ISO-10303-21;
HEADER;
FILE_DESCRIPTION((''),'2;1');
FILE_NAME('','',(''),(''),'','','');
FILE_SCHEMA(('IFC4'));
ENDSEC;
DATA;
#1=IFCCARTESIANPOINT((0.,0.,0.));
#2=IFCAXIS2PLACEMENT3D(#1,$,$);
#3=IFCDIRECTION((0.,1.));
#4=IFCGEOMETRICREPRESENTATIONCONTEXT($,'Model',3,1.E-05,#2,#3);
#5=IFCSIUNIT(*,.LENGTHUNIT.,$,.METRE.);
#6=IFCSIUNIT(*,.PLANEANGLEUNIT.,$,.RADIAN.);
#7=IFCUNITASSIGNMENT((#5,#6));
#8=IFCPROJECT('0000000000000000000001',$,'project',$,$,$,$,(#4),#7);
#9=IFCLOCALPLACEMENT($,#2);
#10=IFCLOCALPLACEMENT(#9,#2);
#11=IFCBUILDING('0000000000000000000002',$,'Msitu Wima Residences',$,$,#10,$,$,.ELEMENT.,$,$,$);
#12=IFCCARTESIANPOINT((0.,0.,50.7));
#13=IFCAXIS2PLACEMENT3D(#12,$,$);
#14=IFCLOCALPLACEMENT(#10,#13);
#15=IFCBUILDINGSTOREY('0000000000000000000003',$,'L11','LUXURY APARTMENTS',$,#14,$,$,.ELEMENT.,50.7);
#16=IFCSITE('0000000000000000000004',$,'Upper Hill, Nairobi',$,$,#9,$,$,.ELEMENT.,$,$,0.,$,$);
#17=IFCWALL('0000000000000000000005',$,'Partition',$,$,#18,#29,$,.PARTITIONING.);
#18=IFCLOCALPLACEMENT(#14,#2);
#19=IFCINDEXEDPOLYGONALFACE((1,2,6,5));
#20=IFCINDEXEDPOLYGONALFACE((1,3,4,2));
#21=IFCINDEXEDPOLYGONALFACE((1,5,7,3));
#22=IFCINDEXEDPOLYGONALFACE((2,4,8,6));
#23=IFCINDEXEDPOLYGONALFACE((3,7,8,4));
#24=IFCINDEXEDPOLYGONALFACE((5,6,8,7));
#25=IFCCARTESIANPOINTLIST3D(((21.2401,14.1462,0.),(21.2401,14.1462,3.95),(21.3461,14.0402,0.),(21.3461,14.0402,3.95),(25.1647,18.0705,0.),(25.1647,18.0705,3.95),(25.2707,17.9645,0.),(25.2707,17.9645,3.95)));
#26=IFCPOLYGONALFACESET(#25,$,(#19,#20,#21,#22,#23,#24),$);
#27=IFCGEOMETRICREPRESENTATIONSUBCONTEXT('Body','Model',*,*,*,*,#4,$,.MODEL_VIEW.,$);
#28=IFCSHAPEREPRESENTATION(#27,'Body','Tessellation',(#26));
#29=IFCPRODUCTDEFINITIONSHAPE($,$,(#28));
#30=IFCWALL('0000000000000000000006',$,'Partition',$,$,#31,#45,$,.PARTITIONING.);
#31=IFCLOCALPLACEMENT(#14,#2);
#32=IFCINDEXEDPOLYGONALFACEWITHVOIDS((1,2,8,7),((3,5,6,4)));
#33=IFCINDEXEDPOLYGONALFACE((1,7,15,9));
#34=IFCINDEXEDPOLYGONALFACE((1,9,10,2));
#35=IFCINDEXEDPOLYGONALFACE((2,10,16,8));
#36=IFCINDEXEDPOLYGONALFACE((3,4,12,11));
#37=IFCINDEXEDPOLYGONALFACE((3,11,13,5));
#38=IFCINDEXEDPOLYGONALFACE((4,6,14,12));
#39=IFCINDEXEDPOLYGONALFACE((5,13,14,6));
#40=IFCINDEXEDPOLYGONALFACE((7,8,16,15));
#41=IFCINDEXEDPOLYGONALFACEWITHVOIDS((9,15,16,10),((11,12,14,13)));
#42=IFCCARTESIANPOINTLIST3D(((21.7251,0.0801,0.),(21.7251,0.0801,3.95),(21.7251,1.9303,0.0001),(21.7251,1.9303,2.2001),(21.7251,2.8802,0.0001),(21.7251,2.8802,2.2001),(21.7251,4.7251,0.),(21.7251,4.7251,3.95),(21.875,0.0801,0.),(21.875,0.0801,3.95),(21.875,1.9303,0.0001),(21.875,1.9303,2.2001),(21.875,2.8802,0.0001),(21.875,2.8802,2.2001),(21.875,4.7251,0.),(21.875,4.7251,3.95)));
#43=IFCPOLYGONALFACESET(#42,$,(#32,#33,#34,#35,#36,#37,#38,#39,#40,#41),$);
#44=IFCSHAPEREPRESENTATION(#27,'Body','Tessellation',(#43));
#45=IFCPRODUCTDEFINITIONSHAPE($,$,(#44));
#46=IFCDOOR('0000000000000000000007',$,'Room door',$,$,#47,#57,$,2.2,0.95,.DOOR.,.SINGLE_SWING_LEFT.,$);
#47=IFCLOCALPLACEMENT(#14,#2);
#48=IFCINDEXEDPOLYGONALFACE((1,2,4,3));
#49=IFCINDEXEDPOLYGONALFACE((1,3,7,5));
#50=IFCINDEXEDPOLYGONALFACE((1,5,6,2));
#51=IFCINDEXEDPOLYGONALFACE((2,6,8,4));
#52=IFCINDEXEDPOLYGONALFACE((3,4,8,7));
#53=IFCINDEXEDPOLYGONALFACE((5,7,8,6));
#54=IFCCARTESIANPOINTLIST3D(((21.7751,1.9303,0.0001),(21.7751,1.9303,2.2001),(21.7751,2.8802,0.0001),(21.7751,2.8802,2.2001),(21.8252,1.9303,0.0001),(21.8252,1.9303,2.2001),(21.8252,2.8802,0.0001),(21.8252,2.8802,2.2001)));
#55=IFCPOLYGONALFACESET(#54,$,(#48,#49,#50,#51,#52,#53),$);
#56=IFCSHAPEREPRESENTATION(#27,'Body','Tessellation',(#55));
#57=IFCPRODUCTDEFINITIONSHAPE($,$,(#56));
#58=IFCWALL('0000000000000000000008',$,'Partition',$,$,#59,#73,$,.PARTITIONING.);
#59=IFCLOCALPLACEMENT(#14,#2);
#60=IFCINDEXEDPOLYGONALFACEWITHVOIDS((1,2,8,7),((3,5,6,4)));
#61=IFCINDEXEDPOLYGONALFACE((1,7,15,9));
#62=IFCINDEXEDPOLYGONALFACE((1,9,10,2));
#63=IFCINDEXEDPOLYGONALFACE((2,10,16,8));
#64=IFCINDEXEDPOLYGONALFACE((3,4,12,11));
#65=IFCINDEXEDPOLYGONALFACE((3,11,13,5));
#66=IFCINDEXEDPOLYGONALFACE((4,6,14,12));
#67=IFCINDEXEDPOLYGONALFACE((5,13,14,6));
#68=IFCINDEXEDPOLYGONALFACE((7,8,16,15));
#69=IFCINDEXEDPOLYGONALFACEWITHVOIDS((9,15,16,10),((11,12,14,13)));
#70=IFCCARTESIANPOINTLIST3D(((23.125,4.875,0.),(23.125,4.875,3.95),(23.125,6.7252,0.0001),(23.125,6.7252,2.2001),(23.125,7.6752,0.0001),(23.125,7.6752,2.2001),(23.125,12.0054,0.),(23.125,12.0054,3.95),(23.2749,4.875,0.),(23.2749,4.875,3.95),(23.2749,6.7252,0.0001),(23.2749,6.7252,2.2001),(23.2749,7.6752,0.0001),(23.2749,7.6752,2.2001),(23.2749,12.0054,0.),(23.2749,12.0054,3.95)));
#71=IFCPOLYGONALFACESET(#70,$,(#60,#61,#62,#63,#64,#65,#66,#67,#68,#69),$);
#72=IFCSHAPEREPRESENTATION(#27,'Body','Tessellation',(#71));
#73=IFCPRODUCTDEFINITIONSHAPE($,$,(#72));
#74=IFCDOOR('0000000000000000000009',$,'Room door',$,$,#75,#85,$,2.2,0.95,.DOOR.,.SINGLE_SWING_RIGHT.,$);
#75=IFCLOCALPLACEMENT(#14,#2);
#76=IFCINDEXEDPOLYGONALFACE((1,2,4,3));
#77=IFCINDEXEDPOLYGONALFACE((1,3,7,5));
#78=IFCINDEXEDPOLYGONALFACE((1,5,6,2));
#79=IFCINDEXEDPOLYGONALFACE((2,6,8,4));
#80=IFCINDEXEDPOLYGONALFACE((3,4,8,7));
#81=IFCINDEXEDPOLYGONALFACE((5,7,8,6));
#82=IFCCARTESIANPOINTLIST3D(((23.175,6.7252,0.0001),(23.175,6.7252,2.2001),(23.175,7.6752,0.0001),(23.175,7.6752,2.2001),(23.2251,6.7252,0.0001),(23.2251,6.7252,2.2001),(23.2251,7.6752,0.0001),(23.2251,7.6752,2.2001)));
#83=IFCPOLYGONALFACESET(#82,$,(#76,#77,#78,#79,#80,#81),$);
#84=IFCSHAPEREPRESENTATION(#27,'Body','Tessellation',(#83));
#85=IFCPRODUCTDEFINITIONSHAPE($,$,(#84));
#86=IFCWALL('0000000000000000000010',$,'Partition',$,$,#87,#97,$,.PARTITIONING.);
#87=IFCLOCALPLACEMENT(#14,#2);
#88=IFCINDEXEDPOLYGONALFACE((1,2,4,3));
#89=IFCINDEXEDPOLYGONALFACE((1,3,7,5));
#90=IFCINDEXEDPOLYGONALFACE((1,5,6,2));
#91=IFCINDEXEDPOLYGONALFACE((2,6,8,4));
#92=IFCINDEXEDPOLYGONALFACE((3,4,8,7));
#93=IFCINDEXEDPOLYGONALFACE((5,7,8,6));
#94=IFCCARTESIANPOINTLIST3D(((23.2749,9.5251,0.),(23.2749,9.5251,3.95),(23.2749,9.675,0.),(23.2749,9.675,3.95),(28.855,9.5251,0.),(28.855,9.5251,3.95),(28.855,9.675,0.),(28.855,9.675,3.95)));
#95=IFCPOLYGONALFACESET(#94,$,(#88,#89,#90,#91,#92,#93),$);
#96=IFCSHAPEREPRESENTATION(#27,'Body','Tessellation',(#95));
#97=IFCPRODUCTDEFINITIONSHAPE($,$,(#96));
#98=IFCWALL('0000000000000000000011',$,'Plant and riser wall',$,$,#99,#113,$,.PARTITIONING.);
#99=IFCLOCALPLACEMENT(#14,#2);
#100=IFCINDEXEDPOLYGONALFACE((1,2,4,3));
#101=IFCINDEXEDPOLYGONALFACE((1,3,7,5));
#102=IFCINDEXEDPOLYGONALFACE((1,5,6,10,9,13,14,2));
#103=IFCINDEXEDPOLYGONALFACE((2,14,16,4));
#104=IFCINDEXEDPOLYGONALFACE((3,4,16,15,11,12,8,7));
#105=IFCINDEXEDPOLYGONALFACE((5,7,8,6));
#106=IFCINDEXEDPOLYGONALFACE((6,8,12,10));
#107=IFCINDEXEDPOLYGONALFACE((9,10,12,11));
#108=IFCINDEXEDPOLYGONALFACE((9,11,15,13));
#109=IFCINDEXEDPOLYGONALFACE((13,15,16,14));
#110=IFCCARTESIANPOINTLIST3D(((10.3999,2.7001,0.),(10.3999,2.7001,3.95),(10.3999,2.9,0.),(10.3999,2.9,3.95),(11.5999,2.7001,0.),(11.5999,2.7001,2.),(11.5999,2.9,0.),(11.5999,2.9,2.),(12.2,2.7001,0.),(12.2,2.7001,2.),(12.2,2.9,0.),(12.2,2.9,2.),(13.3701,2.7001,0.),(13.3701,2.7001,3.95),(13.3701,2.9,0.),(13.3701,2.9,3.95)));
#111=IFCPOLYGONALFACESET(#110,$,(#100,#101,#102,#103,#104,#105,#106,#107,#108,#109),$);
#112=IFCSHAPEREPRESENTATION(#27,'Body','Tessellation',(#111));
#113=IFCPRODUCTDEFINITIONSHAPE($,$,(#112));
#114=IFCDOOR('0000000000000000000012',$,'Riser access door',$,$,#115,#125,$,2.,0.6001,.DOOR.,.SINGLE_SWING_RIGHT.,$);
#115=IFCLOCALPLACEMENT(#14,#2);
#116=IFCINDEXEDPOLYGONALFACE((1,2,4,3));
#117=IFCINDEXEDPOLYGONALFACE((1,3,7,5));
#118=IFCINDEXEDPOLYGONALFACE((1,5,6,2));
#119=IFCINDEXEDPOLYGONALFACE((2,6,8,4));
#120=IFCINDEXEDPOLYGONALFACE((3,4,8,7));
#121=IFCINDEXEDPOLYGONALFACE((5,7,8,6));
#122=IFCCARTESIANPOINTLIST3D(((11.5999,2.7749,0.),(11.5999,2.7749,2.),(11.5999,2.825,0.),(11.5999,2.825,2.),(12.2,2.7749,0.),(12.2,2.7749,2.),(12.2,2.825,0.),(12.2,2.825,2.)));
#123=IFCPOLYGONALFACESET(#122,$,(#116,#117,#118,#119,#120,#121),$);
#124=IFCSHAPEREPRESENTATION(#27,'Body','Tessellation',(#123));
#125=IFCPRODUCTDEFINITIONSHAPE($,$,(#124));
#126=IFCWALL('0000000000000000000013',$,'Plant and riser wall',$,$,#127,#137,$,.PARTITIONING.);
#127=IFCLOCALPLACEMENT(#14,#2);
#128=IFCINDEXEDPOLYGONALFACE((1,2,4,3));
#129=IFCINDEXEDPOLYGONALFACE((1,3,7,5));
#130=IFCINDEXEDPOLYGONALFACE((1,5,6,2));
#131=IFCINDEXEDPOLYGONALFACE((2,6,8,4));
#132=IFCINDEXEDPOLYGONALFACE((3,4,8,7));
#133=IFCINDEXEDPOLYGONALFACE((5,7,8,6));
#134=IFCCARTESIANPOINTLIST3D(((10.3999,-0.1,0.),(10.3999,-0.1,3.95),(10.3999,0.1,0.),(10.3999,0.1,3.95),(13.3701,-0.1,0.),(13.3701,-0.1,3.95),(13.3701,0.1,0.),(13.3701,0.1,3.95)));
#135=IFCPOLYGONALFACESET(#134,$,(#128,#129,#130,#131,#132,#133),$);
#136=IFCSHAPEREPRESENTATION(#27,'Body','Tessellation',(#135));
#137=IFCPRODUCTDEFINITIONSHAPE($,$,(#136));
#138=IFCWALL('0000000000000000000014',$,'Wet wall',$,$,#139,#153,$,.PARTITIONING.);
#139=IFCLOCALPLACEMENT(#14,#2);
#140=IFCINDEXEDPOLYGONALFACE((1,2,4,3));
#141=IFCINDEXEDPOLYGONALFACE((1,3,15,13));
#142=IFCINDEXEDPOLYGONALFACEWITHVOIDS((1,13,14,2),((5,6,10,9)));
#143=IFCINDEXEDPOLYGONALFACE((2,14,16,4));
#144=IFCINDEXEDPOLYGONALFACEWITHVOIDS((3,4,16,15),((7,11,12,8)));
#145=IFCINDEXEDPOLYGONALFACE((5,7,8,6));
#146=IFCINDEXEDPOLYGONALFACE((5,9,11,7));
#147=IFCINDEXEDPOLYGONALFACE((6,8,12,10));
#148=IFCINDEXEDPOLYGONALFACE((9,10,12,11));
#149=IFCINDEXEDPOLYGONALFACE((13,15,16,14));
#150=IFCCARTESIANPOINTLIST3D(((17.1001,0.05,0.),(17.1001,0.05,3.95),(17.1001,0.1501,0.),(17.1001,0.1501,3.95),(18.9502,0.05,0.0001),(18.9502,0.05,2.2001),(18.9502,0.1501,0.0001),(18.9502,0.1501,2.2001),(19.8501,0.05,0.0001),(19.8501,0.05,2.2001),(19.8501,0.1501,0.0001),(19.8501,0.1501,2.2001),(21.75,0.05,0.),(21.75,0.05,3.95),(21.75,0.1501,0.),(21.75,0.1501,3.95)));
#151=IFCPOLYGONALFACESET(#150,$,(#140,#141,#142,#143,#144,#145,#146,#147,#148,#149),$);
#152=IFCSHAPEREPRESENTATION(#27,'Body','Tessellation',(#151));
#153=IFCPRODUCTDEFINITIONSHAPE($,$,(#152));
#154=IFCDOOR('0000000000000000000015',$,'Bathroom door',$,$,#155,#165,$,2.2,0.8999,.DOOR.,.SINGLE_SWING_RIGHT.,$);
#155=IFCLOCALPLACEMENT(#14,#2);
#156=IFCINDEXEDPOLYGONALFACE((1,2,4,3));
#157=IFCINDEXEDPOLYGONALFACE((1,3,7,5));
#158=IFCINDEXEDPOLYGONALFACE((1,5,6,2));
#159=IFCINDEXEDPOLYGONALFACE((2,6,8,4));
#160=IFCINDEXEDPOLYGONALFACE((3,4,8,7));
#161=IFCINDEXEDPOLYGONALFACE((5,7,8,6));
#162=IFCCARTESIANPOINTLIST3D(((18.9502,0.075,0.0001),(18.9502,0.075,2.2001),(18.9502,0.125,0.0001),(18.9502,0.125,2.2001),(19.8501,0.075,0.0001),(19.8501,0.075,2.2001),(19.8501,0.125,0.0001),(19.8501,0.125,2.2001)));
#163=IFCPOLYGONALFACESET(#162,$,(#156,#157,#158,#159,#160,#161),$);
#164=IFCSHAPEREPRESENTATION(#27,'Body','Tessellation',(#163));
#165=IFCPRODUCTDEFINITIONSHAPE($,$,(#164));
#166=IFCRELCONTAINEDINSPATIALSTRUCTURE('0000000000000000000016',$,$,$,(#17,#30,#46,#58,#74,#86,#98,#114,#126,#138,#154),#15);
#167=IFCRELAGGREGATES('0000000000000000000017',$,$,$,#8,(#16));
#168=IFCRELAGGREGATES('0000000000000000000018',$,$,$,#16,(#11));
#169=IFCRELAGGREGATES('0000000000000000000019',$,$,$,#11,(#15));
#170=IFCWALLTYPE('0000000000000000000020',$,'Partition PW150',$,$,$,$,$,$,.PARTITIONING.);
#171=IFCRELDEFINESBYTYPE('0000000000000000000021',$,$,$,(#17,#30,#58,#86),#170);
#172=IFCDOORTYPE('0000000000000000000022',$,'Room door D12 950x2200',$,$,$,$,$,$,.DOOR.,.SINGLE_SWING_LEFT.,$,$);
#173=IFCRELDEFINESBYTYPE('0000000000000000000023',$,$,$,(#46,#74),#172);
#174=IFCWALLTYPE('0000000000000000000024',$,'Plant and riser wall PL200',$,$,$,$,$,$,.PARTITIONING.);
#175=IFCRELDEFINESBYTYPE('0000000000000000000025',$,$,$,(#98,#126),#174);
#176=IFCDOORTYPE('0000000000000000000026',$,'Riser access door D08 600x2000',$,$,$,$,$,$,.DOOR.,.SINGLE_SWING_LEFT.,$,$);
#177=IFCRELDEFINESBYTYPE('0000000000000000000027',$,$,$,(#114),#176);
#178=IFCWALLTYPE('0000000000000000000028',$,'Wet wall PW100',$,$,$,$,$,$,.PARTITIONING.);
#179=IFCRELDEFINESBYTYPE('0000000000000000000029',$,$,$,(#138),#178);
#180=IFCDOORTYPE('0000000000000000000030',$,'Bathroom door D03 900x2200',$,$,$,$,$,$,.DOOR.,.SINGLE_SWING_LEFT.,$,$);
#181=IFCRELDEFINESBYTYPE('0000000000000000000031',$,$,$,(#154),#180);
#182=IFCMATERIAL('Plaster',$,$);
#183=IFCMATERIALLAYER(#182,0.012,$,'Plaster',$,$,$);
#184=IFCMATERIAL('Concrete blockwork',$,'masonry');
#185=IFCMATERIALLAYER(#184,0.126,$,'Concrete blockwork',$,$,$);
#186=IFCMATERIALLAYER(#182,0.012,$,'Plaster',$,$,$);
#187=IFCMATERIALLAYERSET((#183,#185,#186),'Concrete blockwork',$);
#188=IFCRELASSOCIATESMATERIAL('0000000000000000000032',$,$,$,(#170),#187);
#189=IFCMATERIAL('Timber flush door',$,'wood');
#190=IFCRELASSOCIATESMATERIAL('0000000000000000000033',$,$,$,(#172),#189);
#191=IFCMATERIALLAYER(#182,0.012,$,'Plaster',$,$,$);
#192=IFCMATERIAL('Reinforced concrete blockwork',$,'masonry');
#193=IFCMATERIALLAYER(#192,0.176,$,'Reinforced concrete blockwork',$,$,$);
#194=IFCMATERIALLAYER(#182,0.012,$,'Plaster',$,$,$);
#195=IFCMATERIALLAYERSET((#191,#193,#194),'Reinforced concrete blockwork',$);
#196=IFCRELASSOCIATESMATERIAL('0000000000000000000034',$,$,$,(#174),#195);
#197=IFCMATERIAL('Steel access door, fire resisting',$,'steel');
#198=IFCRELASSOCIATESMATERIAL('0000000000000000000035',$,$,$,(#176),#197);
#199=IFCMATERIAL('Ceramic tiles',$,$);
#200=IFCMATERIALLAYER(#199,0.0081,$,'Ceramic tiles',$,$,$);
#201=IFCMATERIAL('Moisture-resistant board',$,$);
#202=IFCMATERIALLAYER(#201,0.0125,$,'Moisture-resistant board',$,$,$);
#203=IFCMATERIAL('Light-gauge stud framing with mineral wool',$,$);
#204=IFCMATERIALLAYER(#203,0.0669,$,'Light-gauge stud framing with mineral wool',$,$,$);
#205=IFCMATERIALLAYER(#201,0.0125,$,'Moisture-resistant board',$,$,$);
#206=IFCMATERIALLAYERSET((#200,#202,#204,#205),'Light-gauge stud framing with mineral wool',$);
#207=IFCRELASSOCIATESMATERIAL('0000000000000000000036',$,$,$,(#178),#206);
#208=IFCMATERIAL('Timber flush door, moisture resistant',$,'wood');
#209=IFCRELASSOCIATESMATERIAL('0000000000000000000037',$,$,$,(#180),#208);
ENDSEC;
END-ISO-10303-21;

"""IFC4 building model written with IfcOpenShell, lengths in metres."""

from ifc_helpers import new_model, si_unit, direction, frame, frame_2d, origin, place, context, subcontext, project, spatial, rectangle, extrude, material, layer, layer_set, type_object, element, fill, save


model = new_model("IFC4")

# Units and contexts
model_context = context("Model", 3, precision=1e-05, world=origin(), true_north=direction((0.0, 1.0)))
body_context = subcontext(model_context, "Body", "Model", "MODEL_VIEW")
ifc_project = project(units=[si_unit("LENGTHUNIT", "METRE"), si_unit("PLANEANGLEUNIT", "RADIAN")], contexts=[model_context])

# Site, building, storey
site_placement = place(None, origin())
site = spatial("IfcSite", under=ifc_project, at=site_placement, Name="Upper Hill, Nairobi", CompositionType="ELEMENT", RefElevation=0.0)
building_placement = place(site_placement, origin())
building = spatial("IfcBuilding", under=site, at=building_placement, Name="Msitu Wima Residences", CompositionType="ELEMENT")
storey_placement = place(building_placement, frame((0.0, 0.0, 50.7)))
storey = spatial("IfcBuildingStorey", under=building, at=storey_placement, Name="L11", Description="LUXURY APARTMENTS", CompositionType="ELEMENT", Elevation=50.7)

# Shared definitions
ifc_material_1 = material(Name="Plaster")
ifc_layer_1 = layer(ifc_material_1, 0.012, Name="Plaster")
ifc_material_2 = material(Name="Concrete blockwork", Category="masonry")
ifc_layer_2 = layer(ifc_material_2, 0.126, Name="Concrete blockwork")
ifc_layer_3 = layer(ifc_material_1, 0.012, Name="Plaster")
ifc_layer_set_1 = layer_set([ifc_layer_1, ifc_layer_2, ifc_layer_3], Name="Concrete blockwork")
wall_type_1 = type_object("IfcWallType", Name="Partition PW150", PredefinedType="PARTITIONING", material=ifc_layer_set_1)
ifc_material_3 = material(Name="Timber flush door", Category="wood")
door_type_1 = type_object("IfcDoorType", Name="Room door D12 950x2200", OperationType="SINGLE_SWING_LEFT", PredefinedType="DOOR", material=ifc_material_3)

# Wall
wall_1_placement = place(storey_placement, frame((21.2932, 14.0933, 0.0), z_axis=(0.0, 0.0, 1.0), x_axis=(0.707129, 0.707085, 0.0)))
element("IfcWall", 1, at=wall_1_placement, inside=storey, type_object=wall_type_1, Name="Partition", PredefinedType="PARTITIONING", context=body_context, shape_type="SweptSolid", body=[
    extrude(rectangle(XDim=5.55, YDim=0.1499, at=frame_2d((2.7749, 0.0))), origin(), (0.0, 0.0, 1.0), 3.95),
])

# Walls, openings, doors
wall_2_placement = place(storey_placement, frame((21.8, 0.0801, 0.0), z_axis=(0.0, 0.0, 1.0), x_axis=(0.0, 1.0, 0.0)))
wall_2 = element("IfcWall", 2, at=wall_2_placement, inside=storey, type_object=wall_type_1, Name="Partition", PredefinedType="PARTITIONING", context=body_context, shape_type="SweptSolid", body=[
    extrude(rectangle(XDim=4.645, YDim=0.1499, at=frame_2d((2.3225, 0.0))), origin(), (0.0, 0.0, 1.0), 3.95),
])
opening_1_placement = place(wall_2_placement, frame((1.8501, 0.0, 0.0)))
opening_1 = element("IfcOpeningElement", 3, at=opening_1_placement, cuts=wall_2, PredefinedType="OPENING", context=body_context, shape_type="SweptSolid", body=[
    extrude(rectangle(XDim=0.95, YDim=2.2, at=frame_2d((0.4751, 1.1001))), frame((0.0, 0.085, 0.0), z_axis=(0.0, -1.0, 0.0), x_axis=(1.0, 0.0, 0.0)), (0.0, 0.0, 1.0), 0.1699),
])
door_1_placement = place(opening_1_placement, origin())
door_1 = element("IfcDoor", 4, at=door_1_placement, inside=storey, type_object=door_type_1, Name="Room door", OperationType="SINGLE_SWING_LEFT", OverallHeight=2.2, OverallWidth=0.95, PredefinedType="DOOR", context=body_context, shape_type="SweptSolid", body=[
    extrude(rectangle(XDim=0.95, YDim=2.2, at=frame_2d((0.4751, 1.1001))), frame((0.0, 0.0249, 0.0), z_axis=(0.0, -1.0, 0.0), x_axis=(1.0, 0.0, 0.0)), (0.0, 0.0, 1.0), 0.05),
])
fill(opening_1, door_1)
wall_3_placement = place(storey_placement, frame((23.2, 4.875, 0.0), z_axis=(0.0, 0.0, 1.0), x_axis=(0.0, 1.0, 0.0)))
wall_3 = element("IfcWall", 5, at=wall_3_placement, inside=storey, type_object=wall_type_1, Name="Partition", PredefinedType="PARTITIONING", context=body_context, shape_type="SweptSolid", body=[
    extrude(rectangle(XDim=7.1304, YDim=0.1499, at=frame_2d((3.5652, 0.0))), origin(), (0.0, 0.0, 1.0), 3.95),
])
opening_2_placement = place(wall_3_placement, frame((1.8501, 0.0, 0.0)))
opening_2 = element("IfcOpeningElement", 6, at=opening_2_placement, cuts=wall_3, PredefinedType="OPENING", context=body_context, shape_type="SweptSolid", body=[
    extrude(rectangle(XDim=0.95, YDim=2.2, at=frame_2d((0.4751, 1.1001))), frame((0.0, 0.085, 0.0), z_axis=(0.0, -1.0, 0.0), x_axis=(1.0, 0.0, 0.0)), (0.0, 0.0, 1.0), 0.1699),
])
door_2_placement = place(opening_2_placement, origin())
door_2 = element("IfcDoor", 7, at=door_2_placement, inside=storey, type_object=door_type_1, Name="Room door", OperationType="SINGLE_SWING_RIGHT", OverallHeight=2.2, OverallWidth=0.95, PredefinedType="DOOR", context=body_context, shape_type="SweptSolid", body=[
    extrude(rectangle(XDim=0.95, YDim=2.2, at=frame_2d((0.4751, 1.1001))), frame((0.0, 0.0249, 0.0), z_axis=(0.0, -1.0, 0.0), x_axis=(1.0, 0.0, 0.0)), (0.0, 0.0, 1.0), 0.05),
])
fill(opening_2, door_2)

# Wall
wall_4_placement = place(storey_placement, frame((23.2749, 9.6001, 0.0), z_axis=(0.0, 0.0, 1.0), x_axis=(1.0, 0.0, 0.0)))
element("IfcWall", 8, at=wall_4_placement, inside=storey, type_object=wall_type_1, Name="Partition", PredefinedType="PARTITIONING", context=body_context, shape_type="SweptSolid", body=[
    extrude(rectangle(XDim=5.5801, YDim=0.1499, at=frame_2d((2.79, 0.0))), origin(), (0.0, 0.0, 1.0), 3.95),
])

# Wall, opening, door
ifc_layer_4 = layer(ifc_material_1, 0.012, Name="Plaster")
ifc_material_4 = material(Name="Reinforced concrete blockwork", Category="masonry")
ifc_layer_5 = layer(ifc_material_4, 0.176, Name="Reinforced concrete blockwork")
ifc_layer_6 = layer(ifc_material_1, 0.012, Name="Plaster")
ifc_layer_set_2 = layer_set([ifc_layer_4, ifc_layer_5, ifc_layer_6], Name="Reinforced concrete blockwork")
wall_type_2 = type_object("IfcWallType", Name="Plant and riser wall PL200", PredefinedType="PARTITIONING", material=ifc_layer_set_2)
wall_5_placement = place(storey_placement, frame((10.3999, 2.8, 0.0), z_axis=(0.0, 0.0, 1.0), x_axis=(1.0, 0.0, 0.0)))
wall_5 = element("IfcWall", 9, at=wall_5_placement, inside=storey, type_object=wall_type_2, Name="Plant and riser wall", PredefinedType="PARTITIONING", context=body_context, shape_type="SweptSolid", body=[
    extrude(rectangle(XDim=2.9702, YDim=0.2, at=frame_2d((1.4851, 0.0))), origin(), (0.0, 0.0, 1.0), 3.95),
])
opening_3_placement = place(wall_5_placement, frame((1.2, 0.0, 0.0)))
opening_3 = element("IfcOpeningElement", 10, at=opening_3_placement, cuts=wall_5, PredefinedType="OPENING", context=body_context, shape_type="SweptSolid", body=[
    extrude(rectangle(XDim=0.6001, YDim=2.0, at=frame_2d((0.3, 1.0))), frame((0.0, 0.1099, 0.0), z_axis=(0.0, -1.0, 0.0), x_axis=(1.0, 0.0, 0.0)), (0.0, 0.0, 1.0), 0.22),
])
ifc_material_5 = material(Name="Steel access door, fire resisting", Category="steel")
door_type_2 = type_object("IfcDoorType", Name="Riser access door D08 600x2000", OperationType="SINGLE_SWING_LEFT", PredefinedType="DOOR", material=ifc_material_5)
door_3_placement = place(opening_3_placement, origin())
door_3 = element("IfcDoor", 11, at=door_3_placement, inside=storey, type_object=door_type_2, Name="Riser access door", OperationType="SINGLE_SWING_RIGHT", OverallHeight=2.0, OverallWidth=0.6001, PredefinedType="DOOR", context=body_context, shape_type="SweptSolid", body=[
    extrude(rectangle(XDim=0.6001, YDim=2.0, at=frame_2d((0.3, 1.0))), frame((0.0, 0.0249, 0.0), z_axis=(0.0, -1.0, 0.0), x_axis=(1.0, 0.0, 0.0)), (0.0, 0.0, 1.0), 0.05),
])
fill(opening_3, door_3)

# Wall
wall_6_placement = place(storey_placement, frame((10.3999, 0.0, 0.0), z_axis=(0.0, 0.0, 1.0), x_axis=(1.0, 0.0, 0.0)))
element("IfcWall", 12, at=wall_6_placement, inside=storey, type_object=wall_type_2, Name="Plant and riser wall", PredefinedType="PARTITIONING", context=body_context, shape_type="SweptSolid", body=[
    extrude(rectangle(XDim=2.9702, YDim=0.2, at=frame_2d((1.4851, 0.0))), origin(), (0.0, 0.0, 1.0), 3.95),
])

# Wall, opening, door
ifc_material_6 = material(Name="Ceramic tiles")
ifc_layer_7 = layer(ifc_material_6, 0.0081, Name="Ceramic tiles")
ifc_material_7 = material(Name="Moisture-resistant board")
ifc_layer_8 = layer(ifc_material_7, 0.0125, Name="Moisture-resistant board")
ifc_material_8 = material(Name="Light-gauge stud framing with mineral wool")
ifc_layer_9 = layer(ifc_material_8, 0.0669, Name="Light-gauge stud framing with mineral wool")
ifc_layer_10 = layer(ifc_material_7, 0.0125, Name="Moisture-resistant board")
ifc_layer_set_3 = layer_set([ifc_layer_7, ifc_layer_8, ifc_layer_9, ifc_layer_10], Name="Light-gauge stud framing with mineral wool")
wall_type_3 = type_object("IfcWallType", Name="Wet wall PW100", PredefinedType="PARTITIONING", material=ifc_layer_set_3)
wall_7_placement = place(storey_placement, frame((17.1001, 0.1001, 0.0), z_axis=(0.0, 0.0, 1.0), x_axis=(1.0, 0.0, 0.0)))
wall_7 = element("IfcWall", 13, at=wall_7_placement, inside=storey, type_object=wall_type_3, Name="Wet wall", PredefinedType="PARTITIONING", context=body_context, shape_type="SweptSolid", body=[
    extrude(rectangle(XDim=4.6499, YDim=0.1001, at=frame_2d((2.325, 0.0))), origin(), (0.0, 0.0, 1.0), 3.95),
])
opening_4_placement = place(wall_7_placement, frame((1.8501, 0.0, 0.0)))
opening_4 = element("IfcOpeningElement", 14, at=opening_4_placement, cuts=wall_7, PredefinedType="OPENING", context=body_context, shape_type="SweptSolid", body=[
    extrude(rectangle(XDim=0.8999, YDim=2.2, at=frame_2d((0.45, 1.1001))), frame((0.0, 0.0601, 0.0), z_axis=(0.0, -1.0, 0.0), x_axis=(1.0, 0.0, 0.0)), (0.0, 0.0, 1.0), 0.1201),
])
ifc_material_9 = material(Name="Timber flush door, moisture resistant", Category="wood")
door_type_3 = type_object("IfcDoorType", Name="Bathroom door D03 900x2200", OperationType="SINGLE_SWING_LEFT", PredefinedType="DOOR", material=ifc_material_9)
door_4_placement = place(opening_4_placement, origin())
door_4 = element("IfcDoor", 15, at=door_4_placement, inside=storey, type_object=door_type_3, Name="Bathroom door", OperationType="SINGLE_SWING_RIGHT", OverallHeight=2.2, OverallWidth=0.8999, PredefinedType="DOOR", context=body_context, shape_type="SweptSolid", body=[
    extrude(rectangle(XDim=0.8999, YDim=2.2, at=frame_2d((0.45, 1.1001))), frame((0.0, 0.0249, 0.0), z_axis=(0.0, -1.0, 0.0), x_axis=(1.0, 0.0, 0.0)), (0.0, 0.0, 1.0), 0.05),
])
fill(opening_4, door_4)

save(model, "model.ifc")
